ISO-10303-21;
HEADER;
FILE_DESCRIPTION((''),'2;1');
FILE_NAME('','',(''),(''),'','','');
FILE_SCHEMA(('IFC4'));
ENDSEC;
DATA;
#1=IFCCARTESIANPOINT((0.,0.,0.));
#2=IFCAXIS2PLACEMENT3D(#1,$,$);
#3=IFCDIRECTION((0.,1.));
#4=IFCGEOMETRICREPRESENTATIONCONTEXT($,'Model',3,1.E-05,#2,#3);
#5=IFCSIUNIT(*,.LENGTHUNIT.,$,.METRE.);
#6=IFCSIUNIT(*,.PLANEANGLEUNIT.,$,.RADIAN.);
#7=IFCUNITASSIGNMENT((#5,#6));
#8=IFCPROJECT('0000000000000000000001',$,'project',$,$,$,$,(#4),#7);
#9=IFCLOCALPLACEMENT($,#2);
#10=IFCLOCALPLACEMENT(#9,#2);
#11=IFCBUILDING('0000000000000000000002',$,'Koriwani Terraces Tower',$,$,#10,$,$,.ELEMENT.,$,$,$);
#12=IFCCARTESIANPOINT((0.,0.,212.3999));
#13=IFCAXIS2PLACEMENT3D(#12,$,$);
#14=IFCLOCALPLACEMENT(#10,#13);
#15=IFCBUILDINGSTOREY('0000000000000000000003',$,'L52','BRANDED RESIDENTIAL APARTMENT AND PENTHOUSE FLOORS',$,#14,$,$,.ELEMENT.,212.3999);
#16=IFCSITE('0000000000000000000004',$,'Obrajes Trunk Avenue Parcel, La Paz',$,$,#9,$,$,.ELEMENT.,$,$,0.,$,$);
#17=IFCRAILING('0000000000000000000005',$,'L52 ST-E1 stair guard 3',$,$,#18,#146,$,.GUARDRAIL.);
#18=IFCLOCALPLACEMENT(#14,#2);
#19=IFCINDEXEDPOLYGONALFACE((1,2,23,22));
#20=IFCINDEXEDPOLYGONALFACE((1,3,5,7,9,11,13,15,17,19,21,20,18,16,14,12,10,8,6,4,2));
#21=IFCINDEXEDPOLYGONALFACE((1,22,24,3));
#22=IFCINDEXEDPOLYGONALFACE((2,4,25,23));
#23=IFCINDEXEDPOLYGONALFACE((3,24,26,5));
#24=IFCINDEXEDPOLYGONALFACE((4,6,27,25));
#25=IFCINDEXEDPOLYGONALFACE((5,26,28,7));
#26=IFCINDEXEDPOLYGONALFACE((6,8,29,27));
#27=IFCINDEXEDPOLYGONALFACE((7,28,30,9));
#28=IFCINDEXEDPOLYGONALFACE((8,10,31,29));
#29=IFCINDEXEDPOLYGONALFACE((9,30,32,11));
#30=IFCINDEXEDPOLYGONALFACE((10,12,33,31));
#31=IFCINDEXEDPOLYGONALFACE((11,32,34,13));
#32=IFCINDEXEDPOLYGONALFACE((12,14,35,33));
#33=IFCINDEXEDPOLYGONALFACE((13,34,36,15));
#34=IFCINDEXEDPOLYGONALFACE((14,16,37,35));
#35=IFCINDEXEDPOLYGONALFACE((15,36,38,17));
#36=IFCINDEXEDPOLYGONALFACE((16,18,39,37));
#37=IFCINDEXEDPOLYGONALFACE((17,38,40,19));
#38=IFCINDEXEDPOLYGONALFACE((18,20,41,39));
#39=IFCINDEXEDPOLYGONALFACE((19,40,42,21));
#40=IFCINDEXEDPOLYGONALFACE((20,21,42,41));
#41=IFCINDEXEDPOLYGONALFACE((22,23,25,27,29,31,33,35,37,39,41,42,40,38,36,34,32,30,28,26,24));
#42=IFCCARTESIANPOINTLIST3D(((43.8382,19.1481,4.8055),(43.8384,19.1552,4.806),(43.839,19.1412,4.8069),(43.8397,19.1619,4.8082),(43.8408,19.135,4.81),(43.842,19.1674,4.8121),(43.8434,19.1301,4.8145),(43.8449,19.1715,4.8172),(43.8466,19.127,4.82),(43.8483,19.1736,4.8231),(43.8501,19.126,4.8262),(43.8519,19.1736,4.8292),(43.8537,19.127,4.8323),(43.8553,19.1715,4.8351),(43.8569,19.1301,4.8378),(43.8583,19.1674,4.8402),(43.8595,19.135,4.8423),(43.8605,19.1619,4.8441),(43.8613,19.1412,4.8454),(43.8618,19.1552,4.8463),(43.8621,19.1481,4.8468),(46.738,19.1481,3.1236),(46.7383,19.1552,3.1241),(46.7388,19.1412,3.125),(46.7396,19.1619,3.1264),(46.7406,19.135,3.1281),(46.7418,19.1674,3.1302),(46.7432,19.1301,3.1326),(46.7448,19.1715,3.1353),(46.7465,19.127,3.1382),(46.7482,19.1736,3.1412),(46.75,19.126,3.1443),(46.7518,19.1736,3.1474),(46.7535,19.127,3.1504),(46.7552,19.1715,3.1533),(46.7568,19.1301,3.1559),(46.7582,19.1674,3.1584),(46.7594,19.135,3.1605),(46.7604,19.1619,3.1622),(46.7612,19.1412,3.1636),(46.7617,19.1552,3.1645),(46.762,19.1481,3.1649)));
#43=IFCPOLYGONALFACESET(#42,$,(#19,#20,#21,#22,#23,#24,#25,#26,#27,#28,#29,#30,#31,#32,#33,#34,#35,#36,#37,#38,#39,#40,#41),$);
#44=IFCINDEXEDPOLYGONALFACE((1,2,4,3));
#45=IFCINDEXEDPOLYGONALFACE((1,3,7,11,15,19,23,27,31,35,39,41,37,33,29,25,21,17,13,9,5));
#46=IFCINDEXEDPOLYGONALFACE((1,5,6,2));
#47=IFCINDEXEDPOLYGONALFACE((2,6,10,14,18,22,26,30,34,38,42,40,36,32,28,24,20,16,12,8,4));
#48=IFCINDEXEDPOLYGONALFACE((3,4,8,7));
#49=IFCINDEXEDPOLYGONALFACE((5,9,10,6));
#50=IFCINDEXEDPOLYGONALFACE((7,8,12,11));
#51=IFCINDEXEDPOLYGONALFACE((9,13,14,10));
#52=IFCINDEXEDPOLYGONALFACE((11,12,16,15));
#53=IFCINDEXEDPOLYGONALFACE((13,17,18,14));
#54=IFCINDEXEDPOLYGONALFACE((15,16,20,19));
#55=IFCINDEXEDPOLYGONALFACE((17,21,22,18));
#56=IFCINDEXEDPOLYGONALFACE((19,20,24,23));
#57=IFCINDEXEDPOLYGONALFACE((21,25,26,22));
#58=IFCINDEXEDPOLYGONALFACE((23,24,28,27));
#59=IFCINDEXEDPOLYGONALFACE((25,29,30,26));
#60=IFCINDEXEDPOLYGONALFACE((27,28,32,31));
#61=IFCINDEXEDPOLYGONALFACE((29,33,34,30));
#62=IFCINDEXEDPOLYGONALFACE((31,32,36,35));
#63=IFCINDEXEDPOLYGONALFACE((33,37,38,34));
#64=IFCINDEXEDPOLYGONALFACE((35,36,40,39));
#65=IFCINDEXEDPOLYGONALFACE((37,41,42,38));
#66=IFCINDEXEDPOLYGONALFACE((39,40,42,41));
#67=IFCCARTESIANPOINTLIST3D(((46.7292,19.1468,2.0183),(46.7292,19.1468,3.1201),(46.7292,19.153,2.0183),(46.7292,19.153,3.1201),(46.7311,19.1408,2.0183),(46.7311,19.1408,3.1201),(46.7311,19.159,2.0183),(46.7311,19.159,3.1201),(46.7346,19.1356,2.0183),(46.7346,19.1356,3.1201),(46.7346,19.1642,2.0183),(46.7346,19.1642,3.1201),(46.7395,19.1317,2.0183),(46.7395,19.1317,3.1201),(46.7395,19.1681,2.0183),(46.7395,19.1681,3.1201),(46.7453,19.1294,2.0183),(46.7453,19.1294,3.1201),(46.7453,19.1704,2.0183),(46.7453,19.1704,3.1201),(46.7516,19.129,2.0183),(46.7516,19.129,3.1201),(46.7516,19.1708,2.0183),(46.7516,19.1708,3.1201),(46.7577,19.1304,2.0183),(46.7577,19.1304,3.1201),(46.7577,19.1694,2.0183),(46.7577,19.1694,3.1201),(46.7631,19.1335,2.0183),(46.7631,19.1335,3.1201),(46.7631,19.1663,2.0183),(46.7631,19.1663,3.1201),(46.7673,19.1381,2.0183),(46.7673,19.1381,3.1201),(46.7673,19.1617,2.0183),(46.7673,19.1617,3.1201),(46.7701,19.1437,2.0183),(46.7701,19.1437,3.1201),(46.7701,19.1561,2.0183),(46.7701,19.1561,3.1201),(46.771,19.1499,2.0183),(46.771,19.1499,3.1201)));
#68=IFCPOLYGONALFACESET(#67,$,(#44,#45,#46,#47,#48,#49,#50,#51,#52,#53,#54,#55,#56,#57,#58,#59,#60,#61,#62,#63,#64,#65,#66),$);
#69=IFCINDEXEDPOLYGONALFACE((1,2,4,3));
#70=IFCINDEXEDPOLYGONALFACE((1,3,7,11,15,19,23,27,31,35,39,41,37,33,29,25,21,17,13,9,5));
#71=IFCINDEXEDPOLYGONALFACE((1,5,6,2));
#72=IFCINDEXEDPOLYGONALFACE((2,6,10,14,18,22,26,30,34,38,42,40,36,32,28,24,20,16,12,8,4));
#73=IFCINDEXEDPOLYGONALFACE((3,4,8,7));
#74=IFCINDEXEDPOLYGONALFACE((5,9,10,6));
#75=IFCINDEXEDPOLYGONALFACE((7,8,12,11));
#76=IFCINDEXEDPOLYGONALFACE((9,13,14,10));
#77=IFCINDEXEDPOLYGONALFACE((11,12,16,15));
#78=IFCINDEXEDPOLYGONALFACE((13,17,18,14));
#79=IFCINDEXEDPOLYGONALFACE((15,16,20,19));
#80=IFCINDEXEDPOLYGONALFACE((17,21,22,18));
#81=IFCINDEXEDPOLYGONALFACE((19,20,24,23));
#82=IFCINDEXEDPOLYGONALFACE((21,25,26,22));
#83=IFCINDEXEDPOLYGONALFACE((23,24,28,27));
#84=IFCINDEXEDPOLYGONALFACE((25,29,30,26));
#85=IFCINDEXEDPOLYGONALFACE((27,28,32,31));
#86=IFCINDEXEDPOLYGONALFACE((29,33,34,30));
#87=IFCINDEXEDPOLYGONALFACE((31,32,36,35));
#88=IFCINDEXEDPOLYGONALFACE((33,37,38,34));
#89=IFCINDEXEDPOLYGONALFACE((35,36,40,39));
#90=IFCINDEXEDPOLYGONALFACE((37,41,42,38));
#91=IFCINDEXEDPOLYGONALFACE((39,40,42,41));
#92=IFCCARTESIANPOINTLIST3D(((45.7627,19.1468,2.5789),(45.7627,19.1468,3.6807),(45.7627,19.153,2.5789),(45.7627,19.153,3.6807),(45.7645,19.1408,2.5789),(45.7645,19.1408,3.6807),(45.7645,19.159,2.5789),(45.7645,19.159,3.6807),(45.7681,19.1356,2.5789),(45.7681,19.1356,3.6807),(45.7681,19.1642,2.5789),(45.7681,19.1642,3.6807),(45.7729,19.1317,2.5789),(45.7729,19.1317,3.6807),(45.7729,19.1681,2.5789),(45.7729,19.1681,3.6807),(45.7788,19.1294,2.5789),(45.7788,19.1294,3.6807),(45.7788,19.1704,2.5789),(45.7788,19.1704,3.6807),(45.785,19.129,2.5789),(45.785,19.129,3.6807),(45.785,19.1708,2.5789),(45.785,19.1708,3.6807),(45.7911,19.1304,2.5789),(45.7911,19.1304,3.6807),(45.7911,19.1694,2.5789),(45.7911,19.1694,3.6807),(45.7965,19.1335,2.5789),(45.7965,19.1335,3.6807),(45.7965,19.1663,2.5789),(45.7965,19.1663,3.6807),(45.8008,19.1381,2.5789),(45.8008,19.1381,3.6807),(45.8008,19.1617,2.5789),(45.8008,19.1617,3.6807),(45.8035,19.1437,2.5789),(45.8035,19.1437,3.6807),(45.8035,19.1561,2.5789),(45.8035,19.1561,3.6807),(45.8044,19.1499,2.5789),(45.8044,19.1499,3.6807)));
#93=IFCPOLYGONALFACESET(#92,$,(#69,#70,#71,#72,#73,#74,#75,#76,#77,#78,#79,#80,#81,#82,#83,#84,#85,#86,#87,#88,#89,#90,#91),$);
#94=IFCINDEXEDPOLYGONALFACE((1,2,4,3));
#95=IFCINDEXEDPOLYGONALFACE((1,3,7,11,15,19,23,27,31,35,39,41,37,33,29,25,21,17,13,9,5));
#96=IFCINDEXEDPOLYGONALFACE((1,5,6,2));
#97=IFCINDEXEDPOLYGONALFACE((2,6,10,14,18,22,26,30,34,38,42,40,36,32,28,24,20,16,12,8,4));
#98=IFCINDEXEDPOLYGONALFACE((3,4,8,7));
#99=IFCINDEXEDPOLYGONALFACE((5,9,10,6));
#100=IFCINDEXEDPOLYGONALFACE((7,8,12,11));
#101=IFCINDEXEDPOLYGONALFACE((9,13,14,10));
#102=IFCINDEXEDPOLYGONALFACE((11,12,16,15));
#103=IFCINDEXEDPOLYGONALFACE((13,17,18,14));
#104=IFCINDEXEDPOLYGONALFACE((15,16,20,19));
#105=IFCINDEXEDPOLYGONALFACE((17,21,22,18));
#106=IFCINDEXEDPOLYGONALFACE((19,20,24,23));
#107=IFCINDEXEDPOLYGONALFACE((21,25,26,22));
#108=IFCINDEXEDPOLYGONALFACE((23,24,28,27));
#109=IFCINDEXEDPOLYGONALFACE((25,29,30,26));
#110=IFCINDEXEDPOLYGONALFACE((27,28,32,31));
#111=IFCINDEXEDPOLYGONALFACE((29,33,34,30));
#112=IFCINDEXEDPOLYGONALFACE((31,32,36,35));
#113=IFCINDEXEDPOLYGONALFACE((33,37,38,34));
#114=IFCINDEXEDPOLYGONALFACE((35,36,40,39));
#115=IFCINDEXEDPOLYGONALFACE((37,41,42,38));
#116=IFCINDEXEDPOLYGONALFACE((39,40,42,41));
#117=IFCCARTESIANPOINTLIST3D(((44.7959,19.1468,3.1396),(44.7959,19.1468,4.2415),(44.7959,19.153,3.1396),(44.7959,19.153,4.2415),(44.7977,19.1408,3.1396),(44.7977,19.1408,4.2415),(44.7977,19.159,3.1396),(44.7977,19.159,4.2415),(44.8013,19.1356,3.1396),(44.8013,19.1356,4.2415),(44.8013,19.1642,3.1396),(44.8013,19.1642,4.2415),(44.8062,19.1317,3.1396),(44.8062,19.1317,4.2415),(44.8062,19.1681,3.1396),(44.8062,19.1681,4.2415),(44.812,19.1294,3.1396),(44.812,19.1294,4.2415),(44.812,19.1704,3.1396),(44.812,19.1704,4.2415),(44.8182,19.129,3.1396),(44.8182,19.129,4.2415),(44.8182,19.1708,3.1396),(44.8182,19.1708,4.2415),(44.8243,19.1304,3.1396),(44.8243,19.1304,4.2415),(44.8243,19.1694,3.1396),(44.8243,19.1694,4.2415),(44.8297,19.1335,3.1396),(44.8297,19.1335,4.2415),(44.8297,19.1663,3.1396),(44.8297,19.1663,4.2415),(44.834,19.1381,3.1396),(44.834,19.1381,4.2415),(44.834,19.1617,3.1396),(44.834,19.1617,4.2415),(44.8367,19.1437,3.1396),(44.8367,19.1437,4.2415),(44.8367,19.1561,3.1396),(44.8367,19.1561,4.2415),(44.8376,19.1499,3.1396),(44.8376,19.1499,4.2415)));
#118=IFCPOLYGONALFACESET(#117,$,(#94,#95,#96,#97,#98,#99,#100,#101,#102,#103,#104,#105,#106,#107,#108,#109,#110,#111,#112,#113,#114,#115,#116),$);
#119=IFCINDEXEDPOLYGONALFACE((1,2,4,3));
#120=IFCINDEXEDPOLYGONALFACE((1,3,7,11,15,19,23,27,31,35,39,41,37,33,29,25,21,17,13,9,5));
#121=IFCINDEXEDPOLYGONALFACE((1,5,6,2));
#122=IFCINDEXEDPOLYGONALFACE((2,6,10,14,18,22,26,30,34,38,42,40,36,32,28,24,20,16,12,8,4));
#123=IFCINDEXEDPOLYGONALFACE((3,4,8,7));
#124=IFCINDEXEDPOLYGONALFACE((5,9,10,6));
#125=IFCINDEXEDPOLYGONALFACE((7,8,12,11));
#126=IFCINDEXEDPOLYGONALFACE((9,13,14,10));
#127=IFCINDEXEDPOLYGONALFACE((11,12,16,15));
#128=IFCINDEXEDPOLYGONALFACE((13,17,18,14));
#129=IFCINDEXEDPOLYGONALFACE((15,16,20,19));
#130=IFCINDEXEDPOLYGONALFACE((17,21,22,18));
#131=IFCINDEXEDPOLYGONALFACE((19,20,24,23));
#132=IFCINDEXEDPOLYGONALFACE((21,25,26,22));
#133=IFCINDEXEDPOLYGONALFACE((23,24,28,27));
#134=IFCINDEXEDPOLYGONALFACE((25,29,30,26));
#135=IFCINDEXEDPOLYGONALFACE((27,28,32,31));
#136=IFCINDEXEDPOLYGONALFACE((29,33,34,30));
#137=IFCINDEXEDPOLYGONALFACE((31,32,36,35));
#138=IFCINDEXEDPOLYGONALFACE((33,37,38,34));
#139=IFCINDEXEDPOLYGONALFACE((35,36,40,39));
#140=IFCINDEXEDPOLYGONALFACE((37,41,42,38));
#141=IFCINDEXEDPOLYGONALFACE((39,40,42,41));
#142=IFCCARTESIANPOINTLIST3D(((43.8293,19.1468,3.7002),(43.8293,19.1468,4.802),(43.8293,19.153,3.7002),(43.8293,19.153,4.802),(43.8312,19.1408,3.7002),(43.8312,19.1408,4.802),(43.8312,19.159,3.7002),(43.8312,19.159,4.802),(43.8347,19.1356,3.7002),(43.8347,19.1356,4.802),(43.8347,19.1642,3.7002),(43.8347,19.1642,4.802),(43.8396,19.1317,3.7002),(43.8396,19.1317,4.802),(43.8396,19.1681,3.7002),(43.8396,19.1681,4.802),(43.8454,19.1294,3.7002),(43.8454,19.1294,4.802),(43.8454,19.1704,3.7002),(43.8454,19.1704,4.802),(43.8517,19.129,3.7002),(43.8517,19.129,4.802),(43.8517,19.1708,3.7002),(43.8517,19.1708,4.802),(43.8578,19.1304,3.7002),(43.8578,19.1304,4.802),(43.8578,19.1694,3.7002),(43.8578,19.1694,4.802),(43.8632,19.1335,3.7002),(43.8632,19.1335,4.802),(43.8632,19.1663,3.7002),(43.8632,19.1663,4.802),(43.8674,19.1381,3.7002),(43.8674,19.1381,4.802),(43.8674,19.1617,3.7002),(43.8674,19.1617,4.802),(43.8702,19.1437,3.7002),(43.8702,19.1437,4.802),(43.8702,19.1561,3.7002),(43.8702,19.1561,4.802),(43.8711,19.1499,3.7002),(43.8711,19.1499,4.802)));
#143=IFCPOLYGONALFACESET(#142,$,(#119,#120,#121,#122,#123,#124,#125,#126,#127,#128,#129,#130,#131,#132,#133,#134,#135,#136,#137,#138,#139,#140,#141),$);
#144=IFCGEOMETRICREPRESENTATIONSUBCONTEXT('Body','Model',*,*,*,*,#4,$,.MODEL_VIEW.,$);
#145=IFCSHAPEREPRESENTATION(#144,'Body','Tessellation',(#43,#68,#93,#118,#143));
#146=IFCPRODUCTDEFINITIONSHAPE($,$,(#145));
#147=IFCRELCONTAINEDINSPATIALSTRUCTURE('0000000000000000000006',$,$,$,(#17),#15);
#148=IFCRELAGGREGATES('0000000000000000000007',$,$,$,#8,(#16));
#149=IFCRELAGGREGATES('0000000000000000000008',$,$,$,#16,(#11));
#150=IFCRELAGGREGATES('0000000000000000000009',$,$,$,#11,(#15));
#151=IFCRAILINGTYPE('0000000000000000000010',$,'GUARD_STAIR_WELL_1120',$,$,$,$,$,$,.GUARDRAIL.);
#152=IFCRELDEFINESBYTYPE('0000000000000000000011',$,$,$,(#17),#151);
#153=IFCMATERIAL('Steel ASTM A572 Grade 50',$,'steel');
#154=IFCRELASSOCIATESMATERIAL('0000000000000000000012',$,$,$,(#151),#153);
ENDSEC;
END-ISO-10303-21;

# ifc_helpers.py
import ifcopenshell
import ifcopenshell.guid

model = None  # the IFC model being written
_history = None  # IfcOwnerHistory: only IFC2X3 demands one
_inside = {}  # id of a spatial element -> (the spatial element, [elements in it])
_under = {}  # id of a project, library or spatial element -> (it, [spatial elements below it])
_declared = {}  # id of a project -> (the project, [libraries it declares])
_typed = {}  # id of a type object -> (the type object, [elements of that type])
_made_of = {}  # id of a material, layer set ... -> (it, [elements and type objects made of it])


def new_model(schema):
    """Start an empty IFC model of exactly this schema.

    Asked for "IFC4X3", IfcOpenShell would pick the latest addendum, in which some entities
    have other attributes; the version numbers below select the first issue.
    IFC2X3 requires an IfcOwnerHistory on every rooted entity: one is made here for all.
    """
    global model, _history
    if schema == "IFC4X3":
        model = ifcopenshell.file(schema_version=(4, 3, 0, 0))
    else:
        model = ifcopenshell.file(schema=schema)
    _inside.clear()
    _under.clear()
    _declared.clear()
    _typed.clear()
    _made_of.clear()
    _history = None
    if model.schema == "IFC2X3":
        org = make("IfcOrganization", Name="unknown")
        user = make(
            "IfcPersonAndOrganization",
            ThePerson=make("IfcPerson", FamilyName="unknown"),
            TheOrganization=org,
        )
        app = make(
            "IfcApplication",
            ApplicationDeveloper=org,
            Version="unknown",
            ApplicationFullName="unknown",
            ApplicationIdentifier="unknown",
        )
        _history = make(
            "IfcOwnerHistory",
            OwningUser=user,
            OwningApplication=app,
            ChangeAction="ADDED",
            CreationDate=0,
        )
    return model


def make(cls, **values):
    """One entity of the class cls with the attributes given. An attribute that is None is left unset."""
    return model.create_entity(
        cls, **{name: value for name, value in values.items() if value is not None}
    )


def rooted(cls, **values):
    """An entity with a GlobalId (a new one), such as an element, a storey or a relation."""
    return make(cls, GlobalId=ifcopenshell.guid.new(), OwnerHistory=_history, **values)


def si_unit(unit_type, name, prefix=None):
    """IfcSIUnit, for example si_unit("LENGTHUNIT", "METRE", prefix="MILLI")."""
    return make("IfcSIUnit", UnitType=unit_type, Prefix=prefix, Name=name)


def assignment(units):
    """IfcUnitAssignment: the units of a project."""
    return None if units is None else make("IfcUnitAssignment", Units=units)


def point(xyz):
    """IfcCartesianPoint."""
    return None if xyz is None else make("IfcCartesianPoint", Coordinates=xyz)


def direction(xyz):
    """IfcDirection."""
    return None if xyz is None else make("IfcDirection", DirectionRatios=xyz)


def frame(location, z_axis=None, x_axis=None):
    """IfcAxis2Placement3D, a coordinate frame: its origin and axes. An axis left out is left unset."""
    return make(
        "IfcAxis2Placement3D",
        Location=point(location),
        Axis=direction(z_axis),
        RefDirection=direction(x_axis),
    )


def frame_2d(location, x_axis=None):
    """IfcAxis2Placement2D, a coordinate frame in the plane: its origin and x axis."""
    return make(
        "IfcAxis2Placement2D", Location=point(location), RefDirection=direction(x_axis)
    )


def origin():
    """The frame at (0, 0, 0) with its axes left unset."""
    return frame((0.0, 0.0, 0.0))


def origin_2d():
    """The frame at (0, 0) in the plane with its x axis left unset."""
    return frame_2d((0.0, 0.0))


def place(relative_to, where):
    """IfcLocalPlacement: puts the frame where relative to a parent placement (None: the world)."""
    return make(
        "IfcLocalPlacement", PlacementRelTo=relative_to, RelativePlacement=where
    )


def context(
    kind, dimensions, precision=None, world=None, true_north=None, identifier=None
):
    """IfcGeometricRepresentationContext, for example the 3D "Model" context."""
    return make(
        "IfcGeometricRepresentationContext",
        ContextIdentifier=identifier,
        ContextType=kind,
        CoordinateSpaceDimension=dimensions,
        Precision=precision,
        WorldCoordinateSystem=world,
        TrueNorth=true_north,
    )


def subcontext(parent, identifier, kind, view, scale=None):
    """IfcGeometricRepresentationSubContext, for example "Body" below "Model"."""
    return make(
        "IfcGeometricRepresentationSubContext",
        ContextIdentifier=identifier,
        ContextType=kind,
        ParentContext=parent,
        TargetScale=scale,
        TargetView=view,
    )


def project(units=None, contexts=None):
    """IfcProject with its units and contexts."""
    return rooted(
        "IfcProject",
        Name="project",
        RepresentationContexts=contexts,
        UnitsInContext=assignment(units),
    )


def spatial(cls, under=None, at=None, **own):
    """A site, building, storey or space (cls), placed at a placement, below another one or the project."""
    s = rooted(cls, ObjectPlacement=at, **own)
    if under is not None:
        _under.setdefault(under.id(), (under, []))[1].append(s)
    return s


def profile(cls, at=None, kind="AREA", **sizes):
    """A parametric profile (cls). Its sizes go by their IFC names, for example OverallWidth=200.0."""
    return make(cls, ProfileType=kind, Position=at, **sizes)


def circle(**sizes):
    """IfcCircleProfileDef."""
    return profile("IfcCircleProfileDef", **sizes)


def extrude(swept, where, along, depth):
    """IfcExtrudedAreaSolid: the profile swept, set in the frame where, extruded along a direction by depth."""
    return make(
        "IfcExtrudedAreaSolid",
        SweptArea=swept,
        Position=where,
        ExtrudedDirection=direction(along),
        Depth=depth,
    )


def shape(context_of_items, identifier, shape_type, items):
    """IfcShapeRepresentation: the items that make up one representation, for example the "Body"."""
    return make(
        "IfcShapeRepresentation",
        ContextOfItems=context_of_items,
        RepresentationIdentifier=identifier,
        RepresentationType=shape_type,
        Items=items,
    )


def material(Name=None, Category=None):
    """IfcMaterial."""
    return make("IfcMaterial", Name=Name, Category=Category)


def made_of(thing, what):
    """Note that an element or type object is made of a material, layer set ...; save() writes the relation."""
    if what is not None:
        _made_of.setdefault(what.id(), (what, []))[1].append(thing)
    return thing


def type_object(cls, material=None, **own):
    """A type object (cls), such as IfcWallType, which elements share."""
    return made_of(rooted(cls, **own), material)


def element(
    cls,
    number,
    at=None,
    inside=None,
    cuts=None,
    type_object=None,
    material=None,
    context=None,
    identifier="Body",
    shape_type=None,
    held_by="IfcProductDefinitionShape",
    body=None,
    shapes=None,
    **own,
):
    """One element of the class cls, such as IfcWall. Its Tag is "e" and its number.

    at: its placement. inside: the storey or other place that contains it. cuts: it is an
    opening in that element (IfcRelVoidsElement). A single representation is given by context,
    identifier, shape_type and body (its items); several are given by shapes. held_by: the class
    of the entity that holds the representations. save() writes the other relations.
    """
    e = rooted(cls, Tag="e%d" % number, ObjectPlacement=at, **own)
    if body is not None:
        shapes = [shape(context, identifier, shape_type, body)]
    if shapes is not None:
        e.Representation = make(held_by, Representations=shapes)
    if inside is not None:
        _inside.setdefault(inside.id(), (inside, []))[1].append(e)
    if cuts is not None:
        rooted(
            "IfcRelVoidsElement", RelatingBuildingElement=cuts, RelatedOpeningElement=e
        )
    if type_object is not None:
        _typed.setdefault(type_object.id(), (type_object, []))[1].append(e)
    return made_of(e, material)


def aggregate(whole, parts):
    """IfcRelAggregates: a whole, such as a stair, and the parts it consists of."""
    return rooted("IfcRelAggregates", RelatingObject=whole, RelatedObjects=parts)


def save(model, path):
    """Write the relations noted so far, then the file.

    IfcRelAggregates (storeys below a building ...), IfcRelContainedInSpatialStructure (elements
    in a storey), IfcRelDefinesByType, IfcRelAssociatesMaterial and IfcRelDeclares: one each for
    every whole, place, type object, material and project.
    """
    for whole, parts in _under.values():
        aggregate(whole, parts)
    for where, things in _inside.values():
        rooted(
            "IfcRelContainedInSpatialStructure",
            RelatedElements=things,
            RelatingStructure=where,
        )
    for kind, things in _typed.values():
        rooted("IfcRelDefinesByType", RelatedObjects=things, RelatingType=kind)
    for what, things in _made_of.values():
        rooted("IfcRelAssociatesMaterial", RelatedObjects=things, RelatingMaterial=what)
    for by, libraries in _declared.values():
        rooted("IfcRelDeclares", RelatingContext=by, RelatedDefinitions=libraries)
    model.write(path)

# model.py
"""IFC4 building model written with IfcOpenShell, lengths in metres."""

from ifc_helpers import new_model, si_unit, direction, frame, origin, origin_2d, place, context, subcontext, project, spatial, circle, extrude, material, type_object, element, save


model = new_model("IFC4")

# Units and contexts
model_context = context("Model", 3, precision=1e-05, world=origin(), true_north=direction((0.0, 1.0)))
body_context = subcontext(model_context, "Body", "Model", "MODEL_VIEW")
ifc_project = project(units=[si_unit("LENGTHUNIT", "METRE"), si_unit("PLANEANGLEUNIT", "RADIAN")], contexts=[model_context])

# Site, building, storey
site_placement = place(None, origin())
site = spatial("IfcSite", under=ifc_project, at=site_placement, Name="Obrajes Trunk Avenue Parcel, La Paz", CompositionType="ELEMENT", RefElevation=0.0)
building_placement = place(site_placement, origin())
building = spatial("IfcBuilding", under=site, at=building_placement, Name="Koriwani Terraces Tower", CompositionType="ELEMENT")
storey_placement = place(building_placement, frame((0.0, 0.0, 212.3999)))
storey = spatial("IfcBuildingStorey", under=building, at=storey_placement, Name="L52", Description="BRANDED RESIDENTIAL APARTMENT AND PENTHOUSE FLOORS", CompositionType="ELEMENT", Elevation=212.3999)

# Shared definitions
ifc_material_1 = material(Name="Steel ASTM A572 Grade 50", Category="steel")

# Railing
railing_type_1 = type_object("IfcRailingType", Name="GUARD_STAIR_WELL_1120", PredefinedType="GUARDRAIL", material=ifc_material_1)
railing_1_placement = place(storey_placement, frame((46.75, 19.1499, 2.0183)))
element("IfcRailing", 1, at=railing_1_placement, inside=storey, type_object=railing_type_1, Name="L52 ST-E1 stair guard 3", PredefinedType="GUARDRAIL", context=body_context, shape_type="SweptSolid", body=[
    extrude(circle(Radius=0.0239, at=origin_2d()), frame((0.0, 0.0, 1.126), z_axis=(-0.865039, 0.0, 0.501705), x_axis=(0.0, -1.0, 0.0)), (0.0, 0.0, 1.0), 3.3523),
    extrude(circle(Radius=0.021, at=origin_2d()), origin(), (0.0, 0.0, 1.0), 1.1018),
    extrude(circle(Radius=0.021, at=origin_2d()), frame((-0.9666, 0.0, 0.5605)), (0.0, 0.0, 1.0), 1.1018),
    extrude(circle(Radius=0.021, at=origin_2d()), frame((-1.9333, 0.0, 1.1213)), (0.0, 0.0, 1.0), 1.1018),
    extrude(circle(Radius=0.021, at=origin_2d()), frame((-2.8999, 0.0, 1.6819)), (0.0, 0.0, 1.0), 1.1018),
])

save(model, "model.ifc")
